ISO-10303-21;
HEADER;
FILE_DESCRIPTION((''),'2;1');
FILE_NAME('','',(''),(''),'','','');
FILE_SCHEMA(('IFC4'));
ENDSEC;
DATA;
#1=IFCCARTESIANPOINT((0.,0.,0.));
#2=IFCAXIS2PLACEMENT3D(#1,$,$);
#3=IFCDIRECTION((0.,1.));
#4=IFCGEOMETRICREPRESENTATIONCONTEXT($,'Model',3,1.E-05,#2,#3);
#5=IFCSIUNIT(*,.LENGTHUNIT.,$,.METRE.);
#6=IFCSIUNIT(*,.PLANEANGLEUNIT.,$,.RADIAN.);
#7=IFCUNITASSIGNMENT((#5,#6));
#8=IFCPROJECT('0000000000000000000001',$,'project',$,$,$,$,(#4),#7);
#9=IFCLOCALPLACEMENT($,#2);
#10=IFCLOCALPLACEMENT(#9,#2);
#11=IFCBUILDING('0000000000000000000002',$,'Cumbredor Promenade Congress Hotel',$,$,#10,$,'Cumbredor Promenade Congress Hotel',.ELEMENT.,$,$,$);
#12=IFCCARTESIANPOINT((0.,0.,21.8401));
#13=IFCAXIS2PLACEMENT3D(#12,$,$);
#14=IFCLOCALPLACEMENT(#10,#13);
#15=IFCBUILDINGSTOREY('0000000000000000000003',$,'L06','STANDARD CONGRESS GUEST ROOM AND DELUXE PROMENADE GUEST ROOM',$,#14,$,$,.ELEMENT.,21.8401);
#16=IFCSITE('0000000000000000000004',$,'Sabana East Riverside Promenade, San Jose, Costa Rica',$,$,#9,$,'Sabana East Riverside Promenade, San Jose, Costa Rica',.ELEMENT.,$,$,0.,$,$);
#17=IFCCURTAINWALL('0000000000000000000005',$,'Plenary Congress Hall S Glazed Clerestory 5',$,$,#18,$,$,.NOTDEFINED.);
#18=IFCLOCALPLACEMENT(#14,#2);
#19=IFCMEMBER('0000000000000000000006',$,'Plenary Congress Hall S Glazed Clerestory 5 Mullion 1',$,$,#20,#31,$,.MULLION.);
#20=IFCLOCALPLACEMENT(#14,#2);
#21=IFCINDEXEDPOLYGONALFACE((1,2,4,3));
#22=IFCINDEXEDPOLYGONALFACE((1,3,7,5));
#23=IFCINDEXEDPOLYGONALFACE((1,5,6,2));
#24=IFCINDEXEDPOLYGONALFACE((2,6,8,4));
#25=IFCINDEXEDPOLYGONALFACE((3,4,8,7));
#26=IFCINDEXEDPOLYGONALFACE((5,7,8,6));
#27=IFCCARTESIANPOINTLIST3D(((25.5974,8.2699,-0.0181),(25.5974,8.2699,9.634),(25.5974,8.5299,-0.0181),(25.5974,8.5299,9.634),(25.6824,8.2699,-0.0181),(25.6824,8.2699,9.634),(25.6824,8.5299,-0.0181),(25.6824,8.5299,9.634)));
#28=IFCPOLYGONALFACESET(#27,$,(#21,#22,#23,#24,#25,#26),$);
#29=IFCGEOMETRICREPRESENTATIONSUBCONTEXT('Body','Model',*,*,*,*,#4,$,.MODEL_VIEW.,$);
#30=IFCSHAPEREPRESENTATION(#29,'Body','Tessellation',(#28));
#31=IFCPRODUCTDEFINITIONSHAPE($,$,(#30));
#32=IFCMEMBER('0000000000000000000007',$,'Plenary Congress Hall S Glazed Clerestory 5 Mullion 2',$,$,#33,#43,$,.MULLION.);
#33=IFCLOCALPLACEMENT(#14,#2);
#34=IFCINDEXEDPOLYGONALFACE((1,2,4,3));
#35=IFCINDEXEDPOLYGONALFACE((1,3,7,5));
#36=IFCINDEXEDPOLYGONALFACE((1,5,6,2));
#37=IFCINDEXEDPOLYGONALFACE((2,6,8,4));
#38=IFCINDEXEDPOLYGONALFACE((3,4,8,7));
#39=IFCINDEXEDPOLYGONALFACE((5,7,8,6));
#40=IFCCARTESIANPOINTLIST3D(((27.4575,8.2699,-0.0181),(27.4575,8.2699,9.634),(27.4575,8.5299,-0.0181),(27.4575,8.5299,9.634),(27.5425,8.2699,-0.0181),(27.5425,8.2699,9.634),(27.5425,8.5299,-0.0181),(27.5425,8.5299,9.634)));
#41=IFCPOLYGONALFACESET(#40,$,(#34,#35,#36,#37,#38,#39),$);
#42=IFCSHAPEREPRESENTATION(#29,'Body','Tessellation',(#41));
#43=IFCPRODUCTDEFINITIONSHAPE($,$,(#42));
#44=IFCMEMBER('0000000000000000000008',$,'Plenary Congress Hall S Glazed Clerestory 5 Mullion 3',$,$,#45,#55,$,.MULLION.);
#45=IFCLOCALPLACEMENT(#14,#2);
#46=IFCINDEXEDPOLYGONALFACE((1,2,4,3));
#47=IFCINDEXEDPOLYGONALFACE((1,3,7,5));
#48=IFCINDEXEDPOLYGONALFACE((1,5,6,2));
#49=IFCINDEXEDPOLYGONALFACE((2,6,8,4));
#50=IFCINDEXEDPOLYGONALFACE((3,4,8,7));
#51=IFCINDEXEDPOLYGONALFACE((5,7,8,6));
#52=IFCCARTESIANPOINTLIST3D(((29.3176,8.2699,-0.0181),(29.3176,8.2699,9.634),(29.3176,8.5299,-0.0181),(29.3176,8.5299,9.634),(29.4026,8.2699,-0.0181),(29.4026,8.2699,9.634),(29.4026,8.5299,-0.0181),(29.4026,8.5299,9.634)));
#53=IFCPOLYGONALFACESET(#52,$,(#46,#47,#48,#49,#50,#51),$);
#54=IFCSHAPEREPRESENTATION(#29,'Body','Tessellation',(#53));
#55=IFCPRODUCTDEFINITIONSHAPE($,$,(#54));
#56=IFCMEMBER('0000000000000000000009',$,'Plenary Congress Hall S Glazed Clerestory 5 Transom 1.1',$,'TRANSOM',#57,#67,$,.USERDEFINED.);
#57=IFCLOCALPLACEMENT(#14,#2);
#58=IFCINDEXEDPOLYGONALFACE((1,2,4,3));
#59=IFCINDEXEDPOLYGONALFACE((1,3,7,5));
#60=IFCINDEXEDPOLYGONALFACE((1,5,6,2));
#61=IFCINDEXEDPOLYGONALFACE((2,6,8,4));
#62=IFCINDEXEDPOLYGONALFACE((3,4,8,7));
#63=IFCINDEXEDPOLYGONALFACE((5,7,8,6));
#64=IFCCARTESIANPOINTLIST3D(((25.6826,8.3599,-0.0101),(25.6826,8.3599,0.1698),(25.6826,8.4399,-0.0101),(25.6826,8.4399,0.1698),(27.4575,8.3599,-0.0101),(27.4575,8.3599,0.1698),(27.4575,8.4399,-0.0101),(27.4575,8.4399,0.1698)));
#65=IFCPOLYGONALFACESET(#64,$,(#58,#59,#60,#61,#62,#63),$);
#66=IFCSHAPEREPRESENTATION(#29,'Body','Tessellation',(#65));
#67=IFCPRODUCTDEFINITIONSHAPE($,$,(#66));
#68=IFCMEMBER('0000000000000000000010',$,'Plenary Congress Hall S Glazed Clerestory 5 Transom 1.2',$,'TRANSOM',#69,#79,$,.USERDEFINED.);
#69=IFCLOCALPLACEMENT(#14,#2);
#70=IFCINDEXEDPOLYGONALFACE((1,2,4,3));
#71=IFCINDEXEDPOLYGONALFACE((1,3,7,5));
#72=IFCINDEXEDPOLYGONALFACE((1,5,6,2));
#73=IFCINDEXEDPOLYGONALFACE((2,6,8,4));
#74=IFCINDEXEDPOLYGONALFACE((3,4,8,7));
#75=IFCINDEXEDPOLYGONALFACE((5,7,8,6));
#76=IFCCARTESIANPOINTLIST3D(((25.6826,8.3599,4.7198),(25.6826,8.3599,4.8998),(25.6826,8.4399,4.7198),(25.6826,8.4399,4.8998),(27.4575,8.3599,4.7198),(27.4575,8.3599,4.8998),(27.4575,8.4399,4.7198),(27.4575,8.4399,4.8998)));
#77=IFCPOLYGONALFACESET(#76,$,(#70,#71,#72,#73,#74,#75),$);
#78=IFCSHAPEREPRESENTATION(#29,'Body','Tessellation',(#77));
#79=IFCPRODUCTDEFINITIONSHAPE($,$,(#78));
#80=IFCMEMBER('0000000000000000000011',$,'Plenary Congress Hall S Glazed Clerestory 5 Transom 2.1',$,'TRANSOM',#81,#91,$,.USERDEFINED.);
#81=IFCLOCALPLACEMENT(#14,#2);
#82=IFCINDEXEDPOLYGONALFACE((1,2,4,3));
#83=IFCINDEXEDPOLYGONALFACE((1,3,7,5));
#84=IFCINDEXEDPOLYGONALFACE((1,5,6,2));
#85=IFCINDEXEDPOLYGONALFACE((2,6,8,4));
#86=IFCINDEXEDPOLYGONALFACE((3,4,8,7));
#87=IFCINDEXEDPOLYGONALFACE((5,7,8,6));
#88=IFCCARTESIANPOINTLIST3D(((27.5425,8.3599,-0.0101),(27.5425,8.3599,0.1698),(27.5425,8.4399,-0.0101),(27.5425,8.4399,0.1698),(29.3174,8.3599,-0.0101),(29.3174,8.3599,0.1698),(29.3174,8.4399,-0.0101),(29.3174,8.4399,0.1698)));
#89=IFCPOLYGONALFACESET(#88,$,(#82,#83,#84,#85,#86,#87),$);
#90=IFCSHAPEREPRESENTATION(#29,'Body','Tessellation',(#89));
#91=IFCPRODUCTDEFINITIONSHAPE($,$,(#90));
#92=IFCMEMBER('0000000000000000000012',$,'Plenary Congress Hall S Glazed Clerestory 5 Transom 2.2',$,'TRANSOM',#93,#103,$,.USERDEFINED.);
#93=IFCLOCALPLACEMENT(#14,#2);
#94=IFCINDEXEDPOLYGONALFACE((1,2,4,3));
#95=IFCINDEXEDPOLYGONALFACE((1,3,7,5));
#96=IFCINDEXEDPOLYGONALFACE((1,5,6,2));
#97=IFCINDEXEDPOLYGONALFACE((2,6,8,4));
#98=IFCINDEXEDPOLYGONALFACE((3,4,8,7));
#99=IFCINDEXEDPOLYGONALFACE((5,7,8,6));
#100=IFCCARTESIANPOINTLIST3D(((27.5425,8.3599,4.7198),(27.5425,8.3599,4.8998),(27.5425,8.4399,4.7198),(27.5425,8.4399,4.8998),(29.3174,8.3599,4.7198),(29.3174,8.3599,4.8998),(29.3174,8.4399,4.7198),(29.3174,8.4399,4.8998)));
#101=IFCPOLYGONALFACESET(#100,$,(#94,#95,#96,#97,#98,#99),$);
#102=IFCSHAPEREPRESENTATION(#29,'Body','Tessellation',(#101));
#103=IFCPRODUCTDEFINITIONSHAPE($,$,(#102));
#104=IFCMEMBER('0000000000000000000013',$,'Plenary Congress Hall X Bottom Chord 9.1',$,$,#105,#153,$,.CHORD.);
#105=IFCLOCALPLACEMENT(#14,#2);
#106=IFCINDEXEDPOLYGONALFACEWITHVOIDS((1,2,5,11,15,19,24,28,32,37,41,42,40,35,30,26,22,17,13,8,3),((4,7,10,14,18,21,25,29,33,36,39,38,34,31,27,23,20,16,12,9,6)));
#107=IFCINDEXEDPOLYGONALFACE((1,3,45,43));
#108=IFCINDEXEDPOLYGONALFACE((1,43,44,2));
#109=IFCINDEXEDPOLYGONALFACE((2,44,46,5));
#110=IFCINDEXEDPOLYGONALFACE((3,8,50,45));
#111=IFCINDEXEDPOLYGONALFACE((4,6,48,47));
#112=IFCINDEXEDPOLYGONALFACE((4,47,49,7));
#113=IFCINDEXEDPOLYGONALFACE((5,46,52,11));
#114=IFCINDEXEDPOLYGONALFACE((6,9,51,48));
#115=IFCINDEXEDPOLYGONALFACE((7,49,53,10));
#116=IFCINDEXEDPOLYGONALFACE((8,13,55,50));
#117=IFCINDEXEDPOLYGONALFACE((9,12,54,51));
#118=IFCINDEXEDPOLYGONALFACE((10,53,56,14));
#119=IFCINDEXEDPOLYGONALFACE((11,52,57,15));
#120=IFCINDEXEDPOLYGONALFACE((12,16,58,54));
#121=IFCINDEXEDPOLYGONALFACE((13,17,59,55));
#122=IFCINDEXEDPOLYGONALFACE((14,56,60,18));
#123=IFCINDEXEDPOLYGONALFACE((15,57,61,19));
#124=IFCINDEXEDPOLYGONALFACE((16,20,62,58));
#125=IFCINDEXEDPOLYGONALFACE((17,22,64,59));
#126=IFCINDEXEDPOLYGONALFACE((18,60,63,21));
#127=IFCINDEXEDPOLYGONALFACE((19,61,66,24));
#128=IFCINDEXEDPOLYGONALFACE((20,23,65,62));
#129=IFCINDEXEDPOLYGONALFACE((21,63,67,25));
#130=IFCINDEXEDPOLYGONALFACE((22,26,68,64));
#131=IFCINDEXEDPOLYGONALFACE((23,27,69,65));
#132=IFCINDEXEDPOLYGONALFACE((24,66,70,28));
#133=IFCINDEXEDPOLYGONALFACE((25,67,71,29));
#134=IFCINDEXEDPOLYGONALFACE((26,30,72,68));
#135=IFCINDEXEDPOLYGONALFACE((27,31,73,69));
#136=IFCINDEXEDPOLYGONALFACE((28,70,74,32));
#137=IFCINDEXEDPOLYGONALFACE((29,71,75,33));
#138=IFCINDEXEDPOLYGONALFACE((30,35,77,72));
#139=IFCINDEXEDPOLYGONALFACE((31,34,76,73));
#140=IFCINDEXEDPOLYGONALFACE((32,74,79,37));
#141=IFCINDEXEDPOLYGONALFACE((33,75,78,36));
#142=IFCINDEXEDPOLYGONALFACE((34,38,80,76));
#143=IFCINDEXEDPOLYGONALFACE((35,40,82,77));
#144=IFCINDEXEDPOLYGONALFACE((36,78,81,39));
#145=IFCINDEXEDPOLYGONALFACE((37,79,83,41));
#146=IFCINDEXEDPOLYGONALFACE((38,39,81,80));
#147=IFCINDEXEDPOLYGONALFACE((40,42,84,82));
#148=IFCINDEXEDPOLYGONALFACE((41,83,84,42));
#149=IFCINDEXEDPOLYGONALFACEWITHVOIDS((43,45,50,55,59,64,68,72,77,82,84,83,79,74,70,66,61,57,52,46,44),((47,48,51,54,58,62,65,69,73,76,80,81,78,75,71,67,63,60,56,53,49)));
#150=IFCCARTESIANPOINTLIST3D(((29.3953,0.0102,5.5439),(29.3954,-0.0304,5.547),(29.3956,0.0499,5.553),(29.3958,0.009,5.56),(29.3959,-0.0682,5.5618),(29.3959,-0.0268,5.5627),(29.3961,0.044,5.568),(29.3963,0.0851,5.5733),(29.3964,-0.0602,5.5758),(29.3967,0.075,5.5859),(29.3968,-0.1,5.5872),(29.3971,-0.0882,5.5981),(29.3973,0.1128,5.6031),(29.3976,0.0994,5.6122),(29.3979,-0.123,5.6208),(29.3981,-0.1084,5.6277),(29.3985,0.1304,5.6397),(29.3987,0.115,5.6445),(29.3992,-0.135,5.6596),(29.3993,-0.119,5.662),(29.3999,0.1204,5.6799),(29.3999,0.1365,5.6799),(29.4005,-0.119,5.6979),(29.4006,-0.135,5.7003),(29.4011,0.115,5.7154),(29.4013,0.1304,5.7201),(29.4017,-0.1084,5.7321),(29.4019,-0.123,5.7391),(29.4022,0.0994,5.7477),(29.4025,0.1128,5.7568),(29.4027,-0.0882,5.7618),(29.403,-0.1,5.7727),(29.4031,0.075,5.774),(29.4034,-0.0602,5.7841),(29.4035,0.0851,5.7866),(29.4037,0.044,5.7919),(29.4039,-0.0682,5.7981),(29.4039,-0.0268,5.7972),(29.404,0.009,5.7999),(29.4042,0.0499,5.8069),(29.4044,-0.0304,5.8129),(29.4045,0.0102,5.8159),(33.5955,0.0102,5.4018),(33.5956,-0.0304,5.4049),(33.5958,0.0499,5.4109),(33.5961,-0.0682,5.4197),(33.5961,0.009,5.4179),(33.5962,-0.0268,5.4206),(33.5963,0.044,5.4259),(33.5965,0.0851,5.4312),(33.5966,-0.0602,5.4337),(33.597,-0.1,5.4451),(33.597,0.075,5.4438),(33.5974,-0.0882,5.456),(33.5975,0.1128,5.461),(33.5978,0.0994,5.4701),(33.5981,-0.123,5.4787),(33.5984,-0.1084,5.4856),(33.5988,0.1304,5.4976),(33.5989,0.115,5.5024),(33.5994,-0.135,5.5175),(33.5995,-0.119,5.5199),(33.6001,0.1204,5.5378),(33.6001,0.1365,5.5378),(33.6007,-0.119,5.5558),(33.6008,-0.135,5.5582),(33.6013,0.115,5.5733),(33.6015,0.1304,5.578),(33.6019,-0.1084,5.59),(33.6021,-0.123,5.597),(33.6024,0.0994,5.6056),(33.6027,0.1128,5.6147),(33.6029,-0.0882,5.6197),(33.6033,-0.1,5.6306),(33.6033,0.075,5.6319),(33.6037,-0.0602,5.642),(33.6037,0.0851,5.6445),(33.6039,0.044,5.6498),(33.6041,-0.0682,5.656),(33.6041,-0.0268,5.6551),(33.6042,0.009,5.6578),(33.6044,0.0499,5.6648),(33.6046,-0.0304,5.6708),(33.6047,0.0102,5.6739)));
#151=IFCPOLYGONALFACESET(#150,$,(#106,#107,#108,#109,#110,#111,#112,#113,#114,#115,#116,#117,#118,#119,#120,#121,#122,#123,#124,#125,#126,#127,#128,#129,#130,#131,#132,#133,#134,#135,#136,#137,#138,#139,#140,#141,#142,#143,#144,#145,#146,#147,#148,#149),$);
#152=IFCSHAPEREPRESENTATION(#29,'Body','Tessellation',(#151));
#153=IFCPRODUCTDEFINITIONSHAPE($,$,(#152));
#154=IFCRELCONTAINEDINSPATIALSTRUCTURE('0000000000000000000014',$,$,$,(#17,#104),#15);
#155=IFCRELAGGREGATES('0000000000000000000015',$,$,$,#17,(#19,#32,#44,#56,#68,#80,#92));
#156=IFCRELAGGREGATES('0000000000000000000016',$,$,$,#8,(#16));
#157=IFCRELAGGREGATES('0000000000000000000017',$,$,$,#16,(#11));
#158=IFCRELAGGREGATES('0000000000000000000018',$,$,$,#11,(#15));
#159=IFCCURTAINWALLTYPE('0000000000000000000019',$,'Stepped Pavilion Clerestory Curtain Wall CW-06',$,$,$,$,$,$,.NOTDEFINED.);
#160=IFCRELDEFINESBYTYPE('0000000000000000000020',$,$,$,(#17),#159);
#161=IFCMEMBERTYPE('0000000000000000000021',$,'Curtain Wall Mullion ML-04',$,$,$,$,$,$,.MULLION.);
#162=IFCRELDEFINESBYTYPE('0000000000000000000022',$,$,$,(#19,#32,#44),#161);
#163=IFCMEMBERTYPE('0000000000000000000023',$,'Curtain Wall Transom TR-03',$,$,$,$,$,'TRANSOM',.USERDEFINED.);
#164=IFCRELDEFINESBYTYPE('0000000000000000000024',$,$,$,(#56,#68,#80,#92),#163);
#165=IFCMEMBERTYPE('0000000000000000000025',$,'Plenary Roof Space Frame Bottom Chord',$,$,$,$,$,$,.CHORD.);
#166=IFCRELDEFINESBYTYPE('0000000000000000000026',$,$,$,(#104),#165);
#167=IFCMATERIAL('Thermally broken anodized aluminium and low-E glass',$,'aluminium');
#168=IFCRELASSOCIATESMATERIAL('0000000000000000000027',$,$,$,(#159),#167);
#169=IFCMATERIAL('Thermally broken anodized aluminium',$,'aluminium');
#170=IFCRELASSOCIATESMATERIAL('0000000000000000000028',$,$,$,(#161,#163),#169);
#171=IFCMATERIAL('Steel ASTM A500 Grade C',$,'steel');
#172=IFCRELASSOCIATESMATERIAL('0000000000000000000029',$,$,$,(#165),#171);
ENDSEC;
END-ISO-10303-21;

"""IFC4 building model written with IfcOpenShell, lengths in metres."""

from ifc_helpers import new_model, si_unit, direction, frame, origin, origin_2d, place, context, subcontext, project, spatial, rectangle, hollow_circle, extrude, material, material_profile, profile_set, type_object, element, aggregate, save


model = new_model("IFC4")

# Units and contexts
model_context = context("Model", 3, precision=1e-05, world=origin(), true_north=direction((0.0, 1.0)))
body_context = subcontext(model_context, "Body", "Model", "MODEL_VIEW")
ifc_project = project(units=[si_unit("LENGTHUNIT", "METRE"), si_unit("PLANEANGLEUNIT", "RADIAN")], contexts=[model_context])

# Site, building, storey
site_placement = place(None, origin())
site = spatial("IfcSite", under=ifc_project, at=site_placement, Name="Sabana East Riverside Promenade, San Jose, Costa Rica", LongName="Sabana East Riverside Promenade, San Jose, Costa Rica", CompositionType="ELEMENT", RefElevation=0.0)
building_placement = place(site_placement, origin())
building = spatial("IfcBuilding", under=site, at=building_placement, Name="Cumbredor Promenade Congress Hotel", LongName="Cumbredor Promenade Congress Hotel", CompositionType="ELEMENT")
storey_placement = place(building_placement, frame((0.0, 0.0, 21.8401)))
storey = spatial("IfcBuildingStorey", under=building, at=storey_placement, Name="L06", Description="STANDARD CONGRESS GUEST ROOM AND DELUXE PROMENADE GUEST ROOM", CompositionType="ELEMENT", Elevation=21.8401)

# Curtain wall, members
ifc_material_1 = material(Name="Thermally broken anodized aluminium and low-E glass", Category="aluminium")
curtain_wall_type = type_object("IfcCurtainWallType", Name="Stepped Pavilion Clerestory Curtain Wall CW-06", PredefinedType="NOTDEFINED", material=ifc_material_1)
curtain_wall_placement = place(storey_placement, origin())
curtain_wall = element("IfcCurtainWall", 1, at=curtain_wall_placement, inside=storey, type_object=curtain_wall_type, Name="Plenary Congress Hall S Glazed Clerestory 5", PredefinedType="NOTDEFINED")
ifc_material_2 = material(Name="Thermally broken anodized aluminium", Category="aluminium")
ifc_material_profile_1 = material_profile(ifc_material_2, rectangle(XDim=0.085, YDim=0.26, at=origin_2d()), Name="ALU MULLION CLERESTORY 85x260")
ifc_profile_set_1 = profile_set([ifc_material_profile_1], Name="Thermally broken anodized aluminium")
member_type_1 = type_object("IfcMemberType", Name="Curtain Wall Mullion ML-04", PredefinedType="MULLION", material=ifc_profile_set_1)
member_1_placement = place(storey_placement, frame((25.6399, 8.3999, -0.0181), z_axis=(0.0, 0.0, 1.0), x_axis=(1.0, 0.0, 0.0)))
member_1 = element("IfcMember", 2, at=member_1_placement, type_object=member_type_1, Name="Plenary Congress Hall S Glazed Clerestory 5 Mullion 1", PredefinedType="MULLION", context=body_context, shape_type="SweptSolid", body=[
    extrude(rectangle(XDim=0.085, YDim=0.26, at=origin_2d()), origin(), (0.0, 0.0, 1.0), 9.6521),
])
member_2_placement = place(storey_placement, frame((27.5, 8.3999, -0.0181), z_axis=(0.0, 0.0, 1.0), x_axis=(1.0, 0.0, 0.0)))
member_2 = element("IfcMember", 3, at=member_2_placement, type_object=member_type_1, Name="Plenary Congress Hall S Glazed Clerestory 5 Mullion 2", PredefinedType="MULLION", context=body_context, shape_type="SweptSolid", body=[
    extrude(rectangle(XDim=0.085, YDim=0.26, at=origin_2d()), origin(), (0.0, 0.0, 1.0), 9.6521),
])
member_3_placement = place(storey_placement, frame((29.3601, 8.3999, -0.0181), z_axis=(0.0, 0.0, 1.0), x_axis=(1.0, 0.0, 0.0)))
member_3 = element("IfcMember", 4, at=member_3_placement, type_object=member_type_1, Name="Plenary Congress Hall S Glazed Clerestory 5 Mullion 3", PredefinedType="MULLION", context=body_context, shape_type="SweptSolid", body=[
    extrude(rectangle(XDim=0.085, YDim=0.26, at=origin_2d()), origin(), (0.0, 0.0, 1.0), 9.6521),
])
ifc_material_profile_2 = material_profile(ifc_material_2, rectangle(XDim=0.0801, YDim=0.1799, at=origin_2d()), Name="ALU TRANSOM 80x180")
ifc_profile_set_2 = profile_set([ifc_material_profile_2], Name="Thermally broken anodized aluminium")
member_type_2 = type_object("IfcMemberType", Name="Curtain Wall Transom TR-03", ElementType="TRANSOM", PredefinedType="USERDEFINED", material=ifc_profile_set_2)
member_4_placement = place(storey_placement, frame((25.6826, 8.3999, 0.0798), z_axis=(1.0, 0.0, 0.0), x_axis=(0.0, 1.0, 0.0)))
member_4 = element("IfcMember", 5, at=member_4_placement, type_object=member_type_2, Name="Plenary Congress Hall S Glazed Clerestory 5 Transom 1.1", ObjectType="TRANSOM", PredefinedType="USERDEFINED", context=body_context, shape_type="SweptSolid", body=[
    extrude(rectangle(XDim=0.0801, YDim=0.1799, at=origin_2d()), origin(), (0.0, 0.0, 1.0), 1.7749),
])
member_5_placement = place(storey_placement, frame((25.6826, 8.3999, 4.8098), z_axis=(1.0, 0.0, 0.0), x_axis=(0.0, 1.0, 0.0)))
member_5 = element("IfcMember", 6, at=member_5_placement, type_object=member_type_2, Name="Plenary Congress Hall S Glazed Clerestory 5 Transom 1.2", ObjectType="TRANSOM", PredefinedType="USERDEFINED", context=body_context, shape_type="SweptSolid", body=[
    extrude(rectangle(XDim=0.0801, YDim=0.1799, at=origin_2d()), origin(), (0.0, 0.0, 1.0), 1.7749),
])
member_6_placement = place(storey_placement, frame((27.5425, 8.3999, 0.0798), z_axis=(1.0, 0.0, 0.0), x_axis=(0.0, 1.0, 0.0)))
member_6 = element("IfcMember", 7, at=member_6_placement, type_object=member_type_2, Name="Plenary Congress Hall S Glazed Clerestory 5 Transom 2.1", ObjectType="TRANSOM", PredefinedType="USERDEFINED", context=body_context, shape_type="SweptSolid", body=[
    extrude(rectangle(XDim=0.0801, YDim=0.1799, at=origin_2d()), origin(), (0.0, 0.0, 1.0), 1.7749),
])
member_7_placement = place(storey_placement, frame((27.5425, 8.3999, 4.8098), z_axis=(1.0, 0.0, 0.0), x_axis=(0.0, 1.0, 0.0)))
member_7 = element("IfcMember", 8, at=member_7_placement, type_object=member_type_2, Name="Plenary Congress Hall S Glazed Clerestory 5 Transom 2.2", ObjectType="TRANSOM", PredefinedType="USERDEFINED", context=body_context, shape_type="SweptSolid", body=[
    extrude(rectangle(XDim=0.0801, YDim=0.1799, at=origin_2d()), origin(), (0.0, 0.0, 1.0), 1.7749),
])

# Member
ifc_material_3 = material(Name="Steel ASTM A500 Grade C", Category="steel")
ifc_material_profile_3 = material_profile(ifc_material_3, hollow_circle(Radius=0.1365, WallThickness=0.0161, at=origin_2d()), Name="CHS 273.0x16")
ifc_profile_set_3 = profile_set([ifc_material_profile_3], Name="Steel ASTM A500 Grade C")
member_type_3 = type_object("IfcMemberType", Name="Plenary Roof Space Frame Bottom Chord", PredefinedType="CHORD", material=ifc_profile_set_3)
member_8_placement = place(storey_placement, frame((29.3999, 0.0, 5.6799), z_axis=(0.999428, 0.0, -0.03381), x_axis=(0.0, 1.0, 0.0)))
element("IfcMember", 9, at=member_8_placement, inside=storey, type_object=member_type_3, Name="Plenary Congress Hall X Bottom Chord 9.1", PredefinedType="CHORD", context=body_context, shape_type="SweptSolid", body=[
    extrude(hollow_circle(Radius=0.1365, WallThickness=0.0161, at=origin_2d()), origin(), (0.0, 0.0, 1.0), 4.2026),
])

aggregate(curtain_wall, [member_1, member_2, member_3, member_4, member_5, member_6, member_7])

save(model, "model.ifc")
